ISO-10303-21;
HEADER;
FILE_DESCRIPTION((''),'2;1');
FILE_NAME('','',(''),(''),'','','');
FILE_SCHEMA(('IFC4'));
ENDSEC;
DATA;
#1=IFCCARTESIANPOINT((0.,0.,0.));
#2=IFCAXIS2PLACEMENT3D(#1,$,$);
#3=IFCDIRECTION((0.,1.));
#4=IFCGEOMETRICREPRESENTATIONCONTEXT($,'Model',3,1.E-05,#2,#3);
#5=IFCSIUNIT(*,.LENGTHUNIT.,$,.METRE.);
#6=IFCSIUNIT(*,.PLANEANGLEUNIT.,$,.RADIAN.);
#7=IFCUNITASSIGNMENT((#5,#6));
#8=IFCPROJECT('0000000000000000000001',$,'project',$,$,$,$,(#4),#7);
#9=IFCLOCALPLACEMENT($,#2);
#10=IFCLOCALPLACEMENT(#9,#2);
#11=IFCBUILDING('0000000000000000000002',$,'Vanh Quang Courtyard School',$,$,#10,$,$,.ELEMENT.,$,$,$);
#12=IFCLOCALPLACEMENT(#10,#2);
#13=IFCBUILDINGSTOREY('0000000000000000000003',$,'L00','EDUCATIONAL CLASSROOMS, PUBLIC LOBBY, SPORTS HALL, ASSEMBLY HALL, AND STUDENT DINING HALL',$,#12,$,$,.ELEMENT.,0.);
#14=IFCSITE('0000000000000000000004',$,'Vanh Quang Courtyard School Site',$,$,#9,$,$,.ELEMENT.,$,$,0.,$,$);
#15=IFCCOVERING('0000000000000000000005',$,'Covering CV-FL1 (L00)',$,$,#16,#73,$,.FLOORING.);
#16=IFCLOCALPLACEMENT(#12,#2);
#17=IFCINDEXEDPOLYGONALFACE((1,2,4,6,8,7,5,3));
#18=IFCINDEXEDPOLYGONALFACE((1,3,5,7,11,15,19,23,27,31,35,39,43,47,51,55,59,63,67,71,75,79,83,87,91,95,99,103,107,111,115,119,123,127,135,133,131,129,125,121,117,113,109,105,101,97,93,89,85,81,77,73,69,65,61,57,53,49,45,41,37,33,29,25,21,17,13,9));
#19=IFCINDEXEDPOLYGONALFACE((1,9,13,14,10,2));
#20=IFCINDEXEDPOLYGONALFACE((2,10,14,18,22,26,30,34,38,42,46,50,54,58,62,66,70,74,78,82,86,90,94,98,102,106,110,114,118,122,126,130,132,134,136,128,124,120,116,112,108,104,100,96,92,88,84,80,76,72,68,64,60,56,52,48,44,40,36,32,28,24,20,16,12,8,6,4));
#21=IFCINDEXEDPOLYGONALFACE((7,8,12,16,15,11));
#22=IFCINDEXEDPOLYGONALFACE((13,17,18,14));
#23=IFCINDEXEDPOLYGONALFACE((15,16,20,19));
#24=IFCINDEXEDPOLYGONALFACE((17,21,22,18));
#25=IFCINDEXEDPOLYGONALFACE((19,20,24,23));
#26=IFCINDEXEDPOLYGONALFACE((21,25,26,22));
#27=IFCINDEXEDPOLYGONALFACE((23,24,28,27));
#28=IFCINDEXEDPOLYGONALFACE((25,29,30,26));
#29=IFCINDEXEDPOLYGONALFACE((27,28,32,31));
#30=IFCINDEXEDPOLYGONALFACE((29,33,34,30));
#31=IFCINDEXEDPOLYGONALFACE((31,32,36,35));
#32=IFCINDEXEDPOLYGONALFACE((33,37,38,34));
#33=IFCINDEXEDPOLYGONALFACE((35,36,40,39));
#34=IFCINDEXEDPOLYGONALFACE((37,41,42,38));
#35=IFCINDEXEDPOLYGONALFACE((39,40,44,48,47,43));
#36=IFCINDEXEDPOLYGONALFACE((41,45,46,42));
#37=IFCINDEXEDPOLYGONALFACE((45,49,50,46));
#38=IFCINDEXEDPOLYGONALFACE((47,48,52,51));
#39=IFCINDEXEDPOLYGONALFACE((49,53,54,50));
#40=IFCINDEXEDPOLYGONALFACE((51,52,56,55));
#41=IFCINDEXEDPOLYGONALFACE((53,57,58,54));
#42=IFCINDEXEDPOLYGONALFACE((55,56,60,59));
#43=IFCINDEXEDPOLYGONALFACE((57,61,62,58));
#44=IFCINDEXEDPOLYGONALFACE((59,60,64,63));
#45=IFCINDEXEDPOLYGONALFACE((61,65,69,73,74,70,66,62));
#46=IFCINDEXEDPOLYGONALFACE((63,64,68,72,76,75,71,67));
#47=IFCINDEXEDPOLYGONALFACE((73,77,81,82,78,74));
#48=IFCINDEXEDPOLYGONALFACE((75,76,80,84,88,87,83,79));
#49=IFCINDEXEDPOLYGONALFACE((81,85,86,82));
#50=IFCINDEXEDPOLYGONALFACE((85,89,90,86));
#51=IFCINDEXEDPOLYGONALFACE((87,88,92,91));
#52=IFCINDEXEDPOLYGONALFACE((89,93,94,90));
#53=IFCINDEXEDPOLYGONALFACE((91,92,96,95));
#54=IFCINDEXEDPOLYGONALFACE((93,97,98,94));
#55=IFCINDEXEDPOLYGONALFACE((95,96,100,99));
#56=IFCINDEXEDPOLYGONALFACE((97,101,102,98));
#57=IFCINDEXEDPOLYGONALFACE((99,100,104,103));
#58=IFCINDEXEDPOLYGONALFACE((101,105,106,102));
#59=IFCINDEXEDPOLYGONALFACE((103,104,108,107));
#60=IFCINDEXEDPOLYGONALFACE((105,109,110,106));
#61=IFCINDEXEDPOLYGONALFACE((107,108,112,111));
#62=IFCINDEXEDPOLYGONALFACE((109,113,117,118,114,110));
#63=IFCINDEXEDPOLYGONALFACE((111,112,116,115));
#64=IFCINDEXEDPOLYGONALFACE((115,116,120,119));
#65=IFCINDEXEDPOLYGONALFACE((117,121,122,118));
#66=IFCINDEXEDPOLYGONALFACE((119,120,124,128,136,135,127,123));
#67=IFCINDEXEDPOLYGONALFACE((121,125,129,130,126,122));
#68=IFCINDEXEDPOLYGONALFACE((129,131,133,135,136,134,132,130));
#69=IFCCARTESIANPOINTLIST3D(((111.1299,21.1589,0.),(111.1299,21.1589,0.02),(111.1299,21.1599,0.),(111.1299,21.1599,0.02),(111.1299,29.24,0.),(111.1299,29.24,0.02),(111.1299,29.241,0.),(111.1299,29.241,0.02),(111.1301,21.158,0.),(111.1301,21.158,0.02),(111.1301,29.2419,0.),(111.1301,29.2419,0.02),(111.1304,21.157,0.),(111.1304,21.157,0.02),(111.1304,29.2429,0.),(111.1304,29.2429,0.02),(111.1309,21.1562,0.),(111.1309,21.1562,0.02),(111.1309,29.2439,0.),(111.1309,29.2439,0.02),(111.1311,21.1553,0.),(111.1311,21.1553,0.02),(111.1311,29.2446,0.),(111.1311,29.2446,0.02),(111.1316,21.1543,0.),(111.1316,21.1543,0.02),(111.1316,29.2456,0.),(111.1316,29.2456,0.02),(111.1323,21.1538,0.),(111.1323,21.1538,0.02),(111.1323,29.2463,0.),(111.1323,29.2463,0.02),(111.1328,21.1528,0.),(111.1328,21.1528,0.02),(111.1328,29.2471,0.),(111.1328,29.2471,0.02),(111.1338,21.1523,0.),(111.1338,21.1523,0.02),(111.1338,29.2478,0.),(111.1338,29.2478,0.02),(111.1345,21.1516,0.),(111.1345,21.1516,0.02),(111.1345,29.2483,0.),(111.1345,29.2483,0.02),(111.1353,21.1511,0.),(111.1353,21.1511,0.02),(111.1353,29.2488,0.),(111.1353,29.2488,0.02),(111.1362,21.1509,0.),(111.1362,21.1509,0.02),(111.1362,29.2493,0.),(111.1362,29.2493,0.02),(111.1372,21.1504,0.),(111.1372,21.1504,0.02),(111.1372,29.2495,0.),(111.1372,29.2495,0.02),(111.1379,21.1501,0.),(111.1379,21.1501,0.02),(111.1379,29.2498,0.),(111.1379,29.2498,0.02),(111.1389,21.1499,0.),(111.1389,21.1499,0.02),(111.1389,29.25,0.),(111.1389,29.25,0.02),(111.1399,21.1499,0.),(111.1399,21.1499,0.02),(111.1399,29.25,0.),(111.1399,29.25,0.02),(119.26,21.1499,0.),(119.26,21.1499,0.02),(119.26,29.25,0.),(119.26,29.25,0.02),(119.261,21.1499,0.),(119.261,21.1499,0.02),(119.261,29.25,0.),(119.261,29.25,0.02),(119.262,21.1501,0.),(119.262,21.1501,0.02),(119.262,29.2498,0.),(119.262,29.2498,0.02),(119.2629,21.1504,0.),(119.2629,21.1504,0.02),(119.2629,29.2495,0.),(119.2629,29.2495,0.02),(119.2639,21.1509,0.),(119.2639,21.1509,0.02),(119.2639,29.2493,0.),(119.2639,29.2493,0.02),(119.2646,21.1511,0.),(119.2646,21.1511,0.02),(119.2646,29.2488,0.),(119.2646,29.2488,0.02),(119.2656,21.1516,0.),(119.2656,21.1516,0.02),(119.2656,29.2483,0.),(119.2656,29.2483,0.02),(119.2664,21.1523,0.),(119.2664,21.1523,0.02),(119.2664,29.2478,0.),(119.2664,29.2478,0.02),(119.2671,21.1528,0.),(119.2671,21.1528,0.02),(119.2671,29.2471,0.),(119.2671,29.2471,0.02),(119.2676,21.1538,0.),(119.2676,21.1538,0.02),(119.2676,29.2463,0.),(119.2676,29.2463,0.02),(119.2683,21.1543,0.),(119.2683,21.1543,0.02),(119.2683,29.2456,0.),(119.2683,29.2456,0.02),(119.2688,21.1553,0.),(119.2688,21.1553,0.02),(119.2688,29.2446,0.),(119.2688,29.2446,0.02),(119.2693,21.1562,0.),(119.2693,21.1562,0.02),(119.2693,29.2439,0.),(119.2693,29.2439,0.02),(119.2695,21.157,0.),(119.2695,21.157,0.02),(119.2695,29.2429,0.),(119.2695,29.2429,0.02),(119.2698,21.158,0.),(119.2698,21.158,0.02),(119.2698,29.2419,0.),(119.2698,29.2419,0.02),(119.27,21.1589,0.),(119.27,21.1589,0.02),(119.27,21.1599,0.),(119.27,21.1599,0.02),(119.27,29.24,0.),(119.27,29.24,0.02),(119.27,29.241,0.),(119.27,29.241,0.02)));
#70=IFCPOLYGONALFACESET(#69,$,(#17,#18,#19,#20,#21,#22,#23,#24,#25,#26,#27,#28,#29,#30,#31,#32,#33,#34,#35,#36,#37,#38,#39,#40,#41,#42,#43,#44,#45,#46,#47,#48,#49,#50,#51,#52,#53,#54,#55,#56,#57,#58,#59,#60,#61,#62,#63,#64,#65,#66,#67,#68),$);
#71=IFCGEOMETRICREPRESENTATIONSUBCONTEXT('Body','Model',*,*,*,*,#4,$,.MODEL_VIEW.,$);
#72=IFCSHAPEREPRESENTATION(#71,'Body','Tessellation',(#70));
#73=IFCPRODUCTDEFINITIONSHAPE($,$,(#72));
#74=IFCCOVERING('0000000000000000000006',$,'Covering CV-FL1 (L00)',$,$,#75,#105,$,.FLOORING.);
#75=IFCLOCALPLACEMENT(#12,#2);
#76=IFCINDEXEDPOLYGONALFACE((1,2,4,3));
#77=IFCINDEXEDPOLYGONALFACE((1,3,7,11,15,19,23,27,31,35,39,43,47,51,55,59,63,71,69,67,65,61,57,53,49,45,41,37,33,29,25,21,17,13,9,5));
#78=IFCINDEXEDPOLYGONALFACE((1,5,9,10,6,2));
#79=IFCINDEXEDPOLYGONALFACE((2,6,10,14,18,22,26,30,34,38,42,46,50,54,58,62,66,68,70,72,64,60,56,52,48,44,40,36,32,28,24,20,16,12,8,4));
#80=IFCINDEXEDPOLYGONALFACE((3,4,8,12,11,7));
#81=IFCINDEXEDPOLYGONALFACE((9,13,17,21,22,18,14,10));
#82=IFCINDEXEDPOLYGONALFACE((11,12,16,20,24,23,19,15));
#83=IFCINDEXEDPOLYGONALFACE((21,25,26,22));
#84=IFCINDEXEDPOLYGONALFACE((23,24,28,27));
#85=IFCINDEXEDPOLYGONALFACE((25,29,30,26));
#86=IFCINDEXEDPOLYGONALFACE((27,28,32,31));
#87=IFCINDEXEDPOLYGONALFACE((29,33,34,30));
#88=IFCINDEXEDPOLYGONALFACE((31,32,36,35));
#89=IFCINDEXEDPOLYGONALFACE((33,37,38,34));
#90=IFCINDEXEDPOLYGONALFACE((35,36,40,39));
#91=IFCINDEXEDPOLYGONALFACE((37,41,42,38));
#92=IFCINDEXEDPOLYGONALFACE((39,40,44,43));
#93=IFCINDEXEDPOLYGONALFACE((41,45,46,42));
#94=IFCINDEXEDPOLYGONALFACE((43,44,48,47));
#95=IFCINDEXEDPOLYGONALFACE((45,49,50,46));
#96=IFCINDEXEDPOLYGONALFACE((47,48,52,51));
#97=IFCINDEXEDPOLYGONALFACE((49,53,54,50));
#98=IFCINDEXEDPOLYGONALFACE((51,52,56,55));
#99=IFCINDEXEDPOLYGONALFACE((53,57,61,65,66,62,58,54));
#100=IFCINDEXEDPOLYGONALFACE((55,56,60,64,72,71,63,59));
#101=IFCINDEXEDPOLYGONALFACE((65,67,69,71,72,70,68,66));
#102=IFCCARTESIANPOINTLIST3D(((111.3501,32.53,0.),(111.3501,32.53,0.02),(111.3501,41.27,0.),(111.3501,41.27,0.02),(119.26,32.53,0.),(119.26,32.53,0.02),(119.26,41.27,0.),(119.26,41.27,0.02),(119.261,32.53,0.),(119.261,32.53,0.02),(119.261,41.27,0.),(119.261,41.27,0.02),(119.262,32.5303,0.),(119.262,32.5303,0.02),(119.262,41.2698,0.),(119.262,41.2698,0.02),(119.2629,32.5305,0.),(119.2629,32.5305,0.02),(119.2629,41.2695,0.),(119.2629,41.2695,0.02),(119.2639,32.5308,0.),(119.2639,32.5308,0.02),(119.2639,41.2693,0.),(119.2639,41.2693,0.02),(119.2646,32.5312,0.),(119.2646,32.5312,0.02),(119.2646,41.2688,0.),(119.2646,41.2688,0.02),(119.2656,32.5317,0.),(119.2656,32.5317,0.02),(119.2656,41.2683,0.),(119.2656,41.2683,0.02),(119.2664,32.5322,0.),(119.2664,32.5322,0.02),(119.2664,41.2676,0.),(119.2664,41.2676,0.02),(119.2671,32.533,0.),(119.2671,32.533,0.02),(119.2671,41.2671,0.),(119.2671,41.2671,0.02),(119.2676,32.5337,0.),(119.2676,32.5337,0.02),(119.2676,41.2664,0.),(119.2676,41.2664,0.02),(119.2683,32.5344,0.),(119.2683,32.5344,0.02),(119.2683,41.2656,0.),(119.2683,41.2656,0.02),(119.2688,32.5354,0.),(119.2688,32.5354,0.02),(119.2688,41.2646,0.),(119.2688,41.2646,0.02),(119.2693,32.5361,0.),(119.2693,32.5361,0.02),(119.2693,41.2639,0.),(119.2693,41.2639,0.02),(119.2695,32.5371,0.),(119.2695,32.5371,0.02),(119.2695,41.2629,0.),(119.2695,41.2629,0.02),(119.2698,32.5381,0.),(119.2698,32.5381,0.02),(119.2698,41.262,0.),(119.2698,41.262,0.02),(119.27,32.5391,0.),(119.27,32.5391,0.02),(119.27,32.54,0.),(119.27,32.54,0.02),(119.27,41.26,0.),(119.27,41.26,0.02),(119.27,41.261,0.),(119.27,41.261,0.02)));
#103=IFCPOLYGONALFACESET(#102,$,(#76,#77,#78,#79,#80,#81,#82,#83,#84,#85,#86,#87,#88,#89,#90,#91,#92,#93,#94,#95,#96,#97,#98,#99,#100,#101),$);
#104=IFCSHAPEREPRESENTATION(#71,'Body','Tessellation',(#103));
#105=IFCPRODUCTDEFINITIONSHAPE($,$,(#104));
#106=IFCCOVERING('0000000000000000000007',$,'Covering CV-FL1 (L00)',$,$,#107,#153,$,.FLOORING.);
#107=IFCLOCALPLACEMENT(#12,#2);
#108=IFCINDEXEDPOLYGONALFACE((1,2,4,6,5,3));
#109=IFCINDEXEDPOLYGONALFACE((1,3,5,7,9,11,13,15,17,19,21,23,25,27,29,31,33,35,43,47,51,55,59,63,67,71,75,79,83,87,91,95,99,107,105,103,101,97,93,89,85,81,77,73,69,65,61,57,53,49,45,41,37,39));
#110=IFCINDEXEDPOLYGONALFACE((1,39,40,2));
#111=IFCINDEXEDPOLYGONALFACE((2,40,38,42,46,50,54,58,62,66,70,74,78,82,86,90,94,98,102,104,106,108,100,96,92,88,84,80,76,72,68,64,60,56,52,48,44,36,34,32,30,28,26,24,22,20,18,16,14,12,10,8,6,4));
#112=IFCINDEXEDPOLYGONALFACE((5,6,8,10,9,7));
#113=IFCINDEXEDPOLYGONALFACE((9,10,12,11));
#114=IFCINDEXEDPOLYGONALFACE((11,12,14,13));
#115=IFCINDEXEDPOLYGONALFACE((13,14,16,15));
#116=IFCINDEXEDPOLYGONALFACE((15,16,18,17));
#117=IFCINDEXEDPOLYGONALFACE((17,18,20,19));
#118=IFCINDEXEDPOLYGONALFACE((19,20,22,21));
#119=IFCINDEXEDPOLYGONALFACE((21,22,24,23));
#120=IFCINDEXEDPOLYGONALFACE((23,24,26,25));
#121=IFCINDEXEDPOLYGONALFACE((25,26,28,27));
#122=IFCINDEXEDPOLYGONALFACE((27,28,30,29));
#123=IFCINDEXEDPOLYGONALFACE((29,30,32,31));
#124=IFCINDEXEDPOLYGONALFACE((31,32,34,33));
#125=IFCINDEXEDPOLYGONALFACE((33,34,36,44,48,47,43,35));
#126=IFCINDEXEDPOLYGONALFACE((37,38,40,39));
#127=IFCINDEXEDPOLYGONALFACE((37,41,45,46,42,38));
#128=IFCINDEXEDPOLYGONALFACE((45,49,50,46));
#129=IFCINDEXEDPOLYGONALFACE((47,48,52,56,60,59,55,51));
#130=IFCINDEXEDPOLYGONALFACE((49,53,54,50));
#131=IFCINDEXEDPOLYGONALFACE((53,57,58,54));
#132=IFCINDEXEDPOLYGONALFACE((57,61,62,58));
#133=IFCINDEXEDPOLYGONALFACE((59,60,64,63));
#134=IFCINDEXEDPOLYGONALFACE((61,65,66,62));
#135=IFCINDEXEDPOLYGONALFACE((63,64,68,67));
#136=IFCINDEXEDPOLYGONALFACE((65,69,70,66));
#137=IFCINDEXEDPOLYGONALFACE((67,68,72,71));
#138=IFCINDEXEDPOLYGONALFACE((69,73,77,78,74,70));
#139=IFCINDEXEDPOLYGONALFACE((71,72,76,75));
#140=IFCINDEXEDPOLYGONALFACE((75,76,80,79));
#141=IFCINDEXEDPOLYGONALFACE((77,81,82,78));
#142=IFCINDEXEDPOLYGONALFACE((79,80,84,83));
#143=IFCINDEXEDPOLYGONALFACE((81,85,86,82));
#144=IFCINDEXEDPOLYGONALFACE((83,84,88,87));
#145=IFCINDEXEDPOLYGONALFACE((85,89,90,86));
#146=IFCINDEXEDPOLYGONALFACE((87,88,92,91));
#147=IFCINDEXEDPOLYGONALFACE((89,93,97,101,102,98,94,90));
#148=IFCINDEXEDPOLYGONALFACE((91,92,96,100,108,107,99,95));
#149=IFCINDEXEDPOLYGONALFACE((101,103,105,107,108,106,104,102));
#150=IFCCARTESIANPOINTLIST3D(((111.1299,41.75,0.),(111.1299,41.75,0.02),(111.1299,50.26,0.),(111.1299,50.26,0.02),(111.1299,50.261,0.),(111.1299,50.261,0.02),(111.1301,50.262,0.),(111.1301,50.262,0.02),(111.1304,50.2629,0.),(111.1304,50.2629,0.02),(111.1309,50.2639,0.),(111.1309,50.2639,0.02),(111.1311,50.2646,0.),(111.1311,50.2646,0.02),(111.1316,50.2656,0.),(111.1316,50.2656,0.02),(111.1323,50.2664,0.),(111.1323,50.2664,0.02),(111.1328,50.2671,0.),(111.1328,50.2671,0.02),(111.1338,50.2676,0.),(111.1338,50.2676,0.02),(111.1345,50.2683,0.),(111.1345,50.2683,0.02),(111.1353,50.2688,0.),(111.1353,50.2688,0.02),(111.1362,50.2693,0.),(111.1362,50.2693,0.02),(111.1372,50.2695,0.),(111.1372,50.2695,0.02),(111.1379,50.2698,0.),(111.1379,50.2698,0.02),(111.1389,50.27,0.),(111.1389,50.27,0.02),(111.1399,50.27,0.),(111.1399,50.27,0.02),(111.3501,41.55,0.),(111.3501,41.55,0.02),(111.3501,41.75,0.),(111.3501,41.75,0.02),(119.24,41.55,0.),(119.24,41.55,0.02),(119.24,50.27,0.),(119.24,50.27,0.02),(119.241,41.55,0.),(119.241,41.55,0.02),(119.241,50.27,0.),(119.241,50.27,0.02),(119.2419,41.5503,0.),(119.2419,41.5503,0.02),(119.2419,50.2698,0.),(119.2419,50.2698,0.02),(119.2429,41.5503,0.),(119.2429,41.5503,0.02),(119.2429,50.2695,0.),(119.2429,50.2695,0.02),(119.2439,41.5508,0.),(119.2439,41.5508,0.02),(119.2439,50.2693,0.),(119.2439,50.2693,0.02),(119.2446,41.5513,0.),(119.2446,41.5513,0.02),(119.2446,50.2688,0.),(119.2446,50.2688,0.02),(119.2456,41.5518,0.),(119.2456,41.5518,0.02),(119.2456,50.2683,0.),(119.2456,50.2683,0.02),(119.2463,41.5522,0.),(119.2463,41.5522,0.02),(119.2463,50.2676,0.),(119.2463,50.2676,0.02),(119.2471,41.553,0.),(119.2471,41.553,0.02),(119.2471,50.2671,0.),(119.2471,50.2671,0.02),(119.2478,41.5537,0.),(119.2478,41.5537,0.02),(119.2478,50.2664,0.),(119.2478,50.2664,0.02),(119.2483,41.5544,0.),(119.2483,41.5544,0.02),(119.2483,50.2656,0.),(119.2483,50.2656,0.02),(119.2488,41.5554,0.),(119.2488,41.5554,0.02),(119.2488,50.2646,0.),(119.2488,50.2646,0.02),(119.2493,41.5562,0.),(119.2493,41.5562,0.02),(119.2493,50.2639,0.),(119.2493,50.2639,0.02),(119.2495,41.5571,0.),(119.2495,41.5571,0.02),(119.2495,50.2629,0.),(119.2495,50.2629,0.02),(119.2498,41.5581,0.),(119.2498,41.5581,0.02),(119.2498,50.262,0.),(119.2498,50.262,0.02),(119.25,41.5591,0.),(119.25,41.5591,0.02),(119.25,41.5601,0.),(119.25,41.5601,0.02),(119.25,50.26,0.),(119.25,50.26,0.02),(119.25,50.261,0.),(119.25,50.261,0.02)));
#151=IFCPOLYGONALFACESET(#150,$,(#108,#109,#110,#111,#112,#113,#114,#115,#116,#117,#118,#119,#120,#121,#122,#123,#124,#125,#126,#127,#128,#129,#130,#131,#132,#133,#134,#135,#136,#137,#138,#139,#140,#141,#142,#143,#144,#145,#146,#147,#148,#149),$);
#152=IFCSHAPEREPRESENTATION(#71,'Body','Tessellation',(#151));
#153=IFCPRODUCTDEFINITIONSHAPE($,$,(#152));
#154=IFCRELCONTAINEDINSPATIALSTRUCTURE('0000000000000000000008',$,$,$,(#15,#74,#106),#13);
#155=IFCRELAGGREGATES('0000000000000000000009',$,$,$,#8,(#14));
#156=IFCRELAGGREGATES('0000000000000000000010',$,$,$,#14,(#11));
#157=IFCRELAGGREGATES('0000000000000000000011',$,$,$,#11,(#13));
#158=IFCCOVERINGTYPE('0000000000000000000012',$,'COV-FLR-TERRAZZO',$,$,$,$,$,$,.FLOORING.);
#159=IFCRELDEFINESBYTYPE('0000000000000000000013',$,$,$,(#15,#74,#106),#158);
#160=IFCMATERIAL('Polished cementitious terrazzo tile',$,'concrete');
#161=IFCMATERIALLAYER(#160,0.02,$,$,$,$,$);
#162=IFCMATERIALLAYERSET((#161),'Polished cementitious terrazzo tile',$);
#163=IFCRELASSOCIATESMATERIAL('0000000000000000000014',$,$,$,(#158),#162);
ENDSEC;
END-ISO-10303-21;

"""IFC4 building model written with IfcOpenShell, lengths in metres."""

from ifc_helpers import new_model, si_unit, direction, origin, place, context, subcontext, project, spatial, polyline, outline, extrude, material, layer, layer_set, type_object, element, save


model = new_model("IFC4")

# Units and contexts
model_context = context("Model", 3, precision=1e-05, world=origin(), true_north=direction((0.0, 1.0)))
body_context = subcontext(model_context, "Body", "Model", "MODEL_VIEW")
ifc_project = project(units=[si_unit("LENGTHUNIT", "METRE"), si_unit("PLANEANGLEUNIT", "RADIAN")], contexts=[model_context])

# Site, building, storey
site_placement = place(None, origin())
site = spatial("IfcSite", under=ifc_project, at=site_placement, Name="Vanh Quang Courtyard School Site", CompositionType="ELEMENT", RefElevation=0.0)
building_placement = place(site_placement, origin())
building = spatial("IfcBuilding", under=site, at=building_placement, Name="Vanh Quang Courtyard School", CompositionType="ELEMENT")
storey_placement = place(building_placement, origin())
storey = spatial("IfcBuildingStorey", under=building, at=storey_placement, Name="L00", Description="EDUCATIONAL CLASSROOMS, PUBLIC LOBBY, SPORTS HALL, ASSEMBLY HALL, AND STUDENT DINING HALL", CompositionType="ELEMENT", Elevation=0.0)

# Coverings
ifc_material_1 = material(Name="Polished cementitious terrazzo tile", Category="concrete")
ifc_layer_1 = layer(ifc_material_1, 0.02)
ifc_layer_set_1 = layer_set([ifc_layer_1], Name="Polished cementitious terrazzo tile")
covering_type_1 = type_object("IfcCoveringType", Name="COV-FLR-TERRAZZO", PredefinedType="FLOORING", material=ifc_layer_set_1)
covering_1_placement = place(storey_placement, origin())
element("IfcCovering", 1, at=covering_1_placement, inside=storey, type_object=covering_type_1, Name="Covering CV-FL1 (L00)", PredefinedType="FLOORING", context=body_context, shape_type="SweptSolid", body=[
    extrude(outline(polyline([(111.1399, 21.1499), (111.1389, 21.1499), (111.1379, 21.1501), (111.1372, 21.1504), (111.1362, 21.1509), (111.1353, 21.1511), (111.1345, 21.1516), (111.1338, 21.1523), (111.1328, 21.1528), (111.1323, 21.1538), (111.1316, 21.1543), (111.1311, 21.1553), (111.1309, 21.1562), (111.1304, 21.157), (111.1301, 21.158), (111.1299, 21.1589), (111.1299, 21.1599), (111.1299, 29.24), (111.1299, 29.241), (111.1301, 29.2419), (111.1304, 29.2429), (111.1309, 29.2439), (111.1311, 29.2446), (111.1316, 29.2456), (111.1323, 29.2463), (111.1328, 29.2471), (111.1338, 29.2478), (111.1345, 29.2483), (111.1353, 29.2488), (111.1362, 29.2493), (111.1372, 29.2495), (111.1379, 29.2498), (111.1389, 29.25), (111.1399, 29.25), (119.26, 29.25), (119.261, 29.25), (119.262, 29.2498), (119.2629, 29.2495), (119.2639, 29.2493), (119.2646, 29.2488), (119.2656, 29.2483), (119.2664, 29.2478), (119.2671, 29.2471), (119.2676, 29.2463), (119.2683, 29.2456), (119.2688, 29.2446), (119.2693, 29.2439), (119.2695, 29.2429), (119.2698, 29.2419), (119.27, 29.241), (119.27, 29.24), (119.27, 21.1599), (119.27, 21.1589), (119.2698, 21.158), (119.2695, 21.157), (119.2693, 21.1562), (119.2688, 21.1553), (119.2683, 21.1543), (119.2676, 21.1538), (119.2671, 21.1528), (119.2664, 21.1523), (119.2656, 21.1516), (119.2646, 21.1511), (119.2639, 21.1509), (119.2629, 21.1504), (119.262, 21.1501), (119.261, 21.1499), (119.26, 21.1499), (111.1399, 21.1499)])), origin(), (0.0, 0.0, 1.0), 0.02),
])
covering_2_placement = place(storey_placement, origin())
element("IfcCovering", 2, at=covering_2_placement, inside=storey, type_object=covering_type_1, Name="Covering CV-FL1 (L00)", PredefinedType="FLOORING", context=body_context, shape_type="SweptSolid", body=[
    extrude(outline(polyline([(111.3501, 32.53), (111.3501, 41.27), (119.26, 41.27), (119.261, 41.27), (119.262, 41.2698), (119.2629, 41.2695), (119.2639, 41.2693), (119.2646, 41.2688), (119.2656, 41.2683), (119.2664, 41.2676), (119.2671, 41.2671), (119.2676, 41.2664), (119.2683, 41.2656), (119.2688, 41.2646), (119.2693, 41.2639), (119.2695, 41.2629), (119.2698, 41.262), (119.27, 41.261), (119.27, 41.26), (119.27, 32.54), (119.27, 32.5391), (119.2698, 32.5381), (119.2695, 32.5371), (119.2693, 32.5361), (119.2688, 32.5354), (119.2683, 32.5344), (119.2676, 32.5337), (119.2671, 32.533), (119.2664, 32.5322), (119.2656, 32.5317), (119.2646, 32.5312), (119.2639, 32.5308), (119.2629, 32.5305), (119.262, 32.5303), (119.261, 32.53), (119.26, 32.53), (111.3501, 32.53)])), origin(), (0.0, 0.0, 1.0), 0.02),
])
covering_3_placement = place(storey_placement, origin())
element("IfcCovering", 3, at=covering_3_placement, inside=storey, type_object=covering_type_1, Name="Covering CV-FL1 (L00)", PredefinedType="FLOORING", context=body_context, shape_type="SweptSolid", body=[
    extrude(outline(polyline([(111.3501, 41.55), (111.3501, 41.75), (111.1299, 41.75), (111.1299, 50.26), (111.1299, 50.261), (111.1301, 50.262), (111.1304, 50.2629), (111.1309, 50.2639), (111.1311, 50.2646), (111.1316, 50.2656), (111.1323, 50.2664), (111.1328, 50.2671), (111.1338, 50.2676), (111.1345, 50.2683), (111.1353, 50.2688), (111.1362, 50.2693), (111.1372, 50.2695), (111.1379, 50.2698), (111.1389, 50.27), (111.1399, 50.27), (119.24, 50.27), (119.241, 50.27), (119.2419, 50.2698), (119.2429, 50.2695), (119.2439, 50.2693), (119.2446, 50.2688), (119.2456, 50.2683), (119.2463, 50.2676), (119.2471, 50.2671), (119.2478, 50.2664), (119.2483, 50.2656), (119.2488, 50.2646), (119.2493, 50.2639), (119.2495, 50.2629), (119.2498, 50.262), (119.25, 50.261), (119.25, 50.26), (119.25, 41.5601), (119.25, 41.5591), (119.2498, 41.5581), (119.2495, 41.5571), (119.2493, 41.5562), (119.2488, 41.5554), (119.2483, 41.5544), (119.2478, 41.5537), (119.2471, 41.553), (119.2463, 41.5522), (119.2456, 41.5518), (119.2446, 41.5513), (119.2439, 41.5508), (119.2429, 41.5503), (119.2419, 41.5503), (119.241, 41.55), (119.24, 41.55), (111.3501, 41.55)])), origin(), (0.0, 0.0, 1.0), 0.02),
])

save(model, "model.ifc")
